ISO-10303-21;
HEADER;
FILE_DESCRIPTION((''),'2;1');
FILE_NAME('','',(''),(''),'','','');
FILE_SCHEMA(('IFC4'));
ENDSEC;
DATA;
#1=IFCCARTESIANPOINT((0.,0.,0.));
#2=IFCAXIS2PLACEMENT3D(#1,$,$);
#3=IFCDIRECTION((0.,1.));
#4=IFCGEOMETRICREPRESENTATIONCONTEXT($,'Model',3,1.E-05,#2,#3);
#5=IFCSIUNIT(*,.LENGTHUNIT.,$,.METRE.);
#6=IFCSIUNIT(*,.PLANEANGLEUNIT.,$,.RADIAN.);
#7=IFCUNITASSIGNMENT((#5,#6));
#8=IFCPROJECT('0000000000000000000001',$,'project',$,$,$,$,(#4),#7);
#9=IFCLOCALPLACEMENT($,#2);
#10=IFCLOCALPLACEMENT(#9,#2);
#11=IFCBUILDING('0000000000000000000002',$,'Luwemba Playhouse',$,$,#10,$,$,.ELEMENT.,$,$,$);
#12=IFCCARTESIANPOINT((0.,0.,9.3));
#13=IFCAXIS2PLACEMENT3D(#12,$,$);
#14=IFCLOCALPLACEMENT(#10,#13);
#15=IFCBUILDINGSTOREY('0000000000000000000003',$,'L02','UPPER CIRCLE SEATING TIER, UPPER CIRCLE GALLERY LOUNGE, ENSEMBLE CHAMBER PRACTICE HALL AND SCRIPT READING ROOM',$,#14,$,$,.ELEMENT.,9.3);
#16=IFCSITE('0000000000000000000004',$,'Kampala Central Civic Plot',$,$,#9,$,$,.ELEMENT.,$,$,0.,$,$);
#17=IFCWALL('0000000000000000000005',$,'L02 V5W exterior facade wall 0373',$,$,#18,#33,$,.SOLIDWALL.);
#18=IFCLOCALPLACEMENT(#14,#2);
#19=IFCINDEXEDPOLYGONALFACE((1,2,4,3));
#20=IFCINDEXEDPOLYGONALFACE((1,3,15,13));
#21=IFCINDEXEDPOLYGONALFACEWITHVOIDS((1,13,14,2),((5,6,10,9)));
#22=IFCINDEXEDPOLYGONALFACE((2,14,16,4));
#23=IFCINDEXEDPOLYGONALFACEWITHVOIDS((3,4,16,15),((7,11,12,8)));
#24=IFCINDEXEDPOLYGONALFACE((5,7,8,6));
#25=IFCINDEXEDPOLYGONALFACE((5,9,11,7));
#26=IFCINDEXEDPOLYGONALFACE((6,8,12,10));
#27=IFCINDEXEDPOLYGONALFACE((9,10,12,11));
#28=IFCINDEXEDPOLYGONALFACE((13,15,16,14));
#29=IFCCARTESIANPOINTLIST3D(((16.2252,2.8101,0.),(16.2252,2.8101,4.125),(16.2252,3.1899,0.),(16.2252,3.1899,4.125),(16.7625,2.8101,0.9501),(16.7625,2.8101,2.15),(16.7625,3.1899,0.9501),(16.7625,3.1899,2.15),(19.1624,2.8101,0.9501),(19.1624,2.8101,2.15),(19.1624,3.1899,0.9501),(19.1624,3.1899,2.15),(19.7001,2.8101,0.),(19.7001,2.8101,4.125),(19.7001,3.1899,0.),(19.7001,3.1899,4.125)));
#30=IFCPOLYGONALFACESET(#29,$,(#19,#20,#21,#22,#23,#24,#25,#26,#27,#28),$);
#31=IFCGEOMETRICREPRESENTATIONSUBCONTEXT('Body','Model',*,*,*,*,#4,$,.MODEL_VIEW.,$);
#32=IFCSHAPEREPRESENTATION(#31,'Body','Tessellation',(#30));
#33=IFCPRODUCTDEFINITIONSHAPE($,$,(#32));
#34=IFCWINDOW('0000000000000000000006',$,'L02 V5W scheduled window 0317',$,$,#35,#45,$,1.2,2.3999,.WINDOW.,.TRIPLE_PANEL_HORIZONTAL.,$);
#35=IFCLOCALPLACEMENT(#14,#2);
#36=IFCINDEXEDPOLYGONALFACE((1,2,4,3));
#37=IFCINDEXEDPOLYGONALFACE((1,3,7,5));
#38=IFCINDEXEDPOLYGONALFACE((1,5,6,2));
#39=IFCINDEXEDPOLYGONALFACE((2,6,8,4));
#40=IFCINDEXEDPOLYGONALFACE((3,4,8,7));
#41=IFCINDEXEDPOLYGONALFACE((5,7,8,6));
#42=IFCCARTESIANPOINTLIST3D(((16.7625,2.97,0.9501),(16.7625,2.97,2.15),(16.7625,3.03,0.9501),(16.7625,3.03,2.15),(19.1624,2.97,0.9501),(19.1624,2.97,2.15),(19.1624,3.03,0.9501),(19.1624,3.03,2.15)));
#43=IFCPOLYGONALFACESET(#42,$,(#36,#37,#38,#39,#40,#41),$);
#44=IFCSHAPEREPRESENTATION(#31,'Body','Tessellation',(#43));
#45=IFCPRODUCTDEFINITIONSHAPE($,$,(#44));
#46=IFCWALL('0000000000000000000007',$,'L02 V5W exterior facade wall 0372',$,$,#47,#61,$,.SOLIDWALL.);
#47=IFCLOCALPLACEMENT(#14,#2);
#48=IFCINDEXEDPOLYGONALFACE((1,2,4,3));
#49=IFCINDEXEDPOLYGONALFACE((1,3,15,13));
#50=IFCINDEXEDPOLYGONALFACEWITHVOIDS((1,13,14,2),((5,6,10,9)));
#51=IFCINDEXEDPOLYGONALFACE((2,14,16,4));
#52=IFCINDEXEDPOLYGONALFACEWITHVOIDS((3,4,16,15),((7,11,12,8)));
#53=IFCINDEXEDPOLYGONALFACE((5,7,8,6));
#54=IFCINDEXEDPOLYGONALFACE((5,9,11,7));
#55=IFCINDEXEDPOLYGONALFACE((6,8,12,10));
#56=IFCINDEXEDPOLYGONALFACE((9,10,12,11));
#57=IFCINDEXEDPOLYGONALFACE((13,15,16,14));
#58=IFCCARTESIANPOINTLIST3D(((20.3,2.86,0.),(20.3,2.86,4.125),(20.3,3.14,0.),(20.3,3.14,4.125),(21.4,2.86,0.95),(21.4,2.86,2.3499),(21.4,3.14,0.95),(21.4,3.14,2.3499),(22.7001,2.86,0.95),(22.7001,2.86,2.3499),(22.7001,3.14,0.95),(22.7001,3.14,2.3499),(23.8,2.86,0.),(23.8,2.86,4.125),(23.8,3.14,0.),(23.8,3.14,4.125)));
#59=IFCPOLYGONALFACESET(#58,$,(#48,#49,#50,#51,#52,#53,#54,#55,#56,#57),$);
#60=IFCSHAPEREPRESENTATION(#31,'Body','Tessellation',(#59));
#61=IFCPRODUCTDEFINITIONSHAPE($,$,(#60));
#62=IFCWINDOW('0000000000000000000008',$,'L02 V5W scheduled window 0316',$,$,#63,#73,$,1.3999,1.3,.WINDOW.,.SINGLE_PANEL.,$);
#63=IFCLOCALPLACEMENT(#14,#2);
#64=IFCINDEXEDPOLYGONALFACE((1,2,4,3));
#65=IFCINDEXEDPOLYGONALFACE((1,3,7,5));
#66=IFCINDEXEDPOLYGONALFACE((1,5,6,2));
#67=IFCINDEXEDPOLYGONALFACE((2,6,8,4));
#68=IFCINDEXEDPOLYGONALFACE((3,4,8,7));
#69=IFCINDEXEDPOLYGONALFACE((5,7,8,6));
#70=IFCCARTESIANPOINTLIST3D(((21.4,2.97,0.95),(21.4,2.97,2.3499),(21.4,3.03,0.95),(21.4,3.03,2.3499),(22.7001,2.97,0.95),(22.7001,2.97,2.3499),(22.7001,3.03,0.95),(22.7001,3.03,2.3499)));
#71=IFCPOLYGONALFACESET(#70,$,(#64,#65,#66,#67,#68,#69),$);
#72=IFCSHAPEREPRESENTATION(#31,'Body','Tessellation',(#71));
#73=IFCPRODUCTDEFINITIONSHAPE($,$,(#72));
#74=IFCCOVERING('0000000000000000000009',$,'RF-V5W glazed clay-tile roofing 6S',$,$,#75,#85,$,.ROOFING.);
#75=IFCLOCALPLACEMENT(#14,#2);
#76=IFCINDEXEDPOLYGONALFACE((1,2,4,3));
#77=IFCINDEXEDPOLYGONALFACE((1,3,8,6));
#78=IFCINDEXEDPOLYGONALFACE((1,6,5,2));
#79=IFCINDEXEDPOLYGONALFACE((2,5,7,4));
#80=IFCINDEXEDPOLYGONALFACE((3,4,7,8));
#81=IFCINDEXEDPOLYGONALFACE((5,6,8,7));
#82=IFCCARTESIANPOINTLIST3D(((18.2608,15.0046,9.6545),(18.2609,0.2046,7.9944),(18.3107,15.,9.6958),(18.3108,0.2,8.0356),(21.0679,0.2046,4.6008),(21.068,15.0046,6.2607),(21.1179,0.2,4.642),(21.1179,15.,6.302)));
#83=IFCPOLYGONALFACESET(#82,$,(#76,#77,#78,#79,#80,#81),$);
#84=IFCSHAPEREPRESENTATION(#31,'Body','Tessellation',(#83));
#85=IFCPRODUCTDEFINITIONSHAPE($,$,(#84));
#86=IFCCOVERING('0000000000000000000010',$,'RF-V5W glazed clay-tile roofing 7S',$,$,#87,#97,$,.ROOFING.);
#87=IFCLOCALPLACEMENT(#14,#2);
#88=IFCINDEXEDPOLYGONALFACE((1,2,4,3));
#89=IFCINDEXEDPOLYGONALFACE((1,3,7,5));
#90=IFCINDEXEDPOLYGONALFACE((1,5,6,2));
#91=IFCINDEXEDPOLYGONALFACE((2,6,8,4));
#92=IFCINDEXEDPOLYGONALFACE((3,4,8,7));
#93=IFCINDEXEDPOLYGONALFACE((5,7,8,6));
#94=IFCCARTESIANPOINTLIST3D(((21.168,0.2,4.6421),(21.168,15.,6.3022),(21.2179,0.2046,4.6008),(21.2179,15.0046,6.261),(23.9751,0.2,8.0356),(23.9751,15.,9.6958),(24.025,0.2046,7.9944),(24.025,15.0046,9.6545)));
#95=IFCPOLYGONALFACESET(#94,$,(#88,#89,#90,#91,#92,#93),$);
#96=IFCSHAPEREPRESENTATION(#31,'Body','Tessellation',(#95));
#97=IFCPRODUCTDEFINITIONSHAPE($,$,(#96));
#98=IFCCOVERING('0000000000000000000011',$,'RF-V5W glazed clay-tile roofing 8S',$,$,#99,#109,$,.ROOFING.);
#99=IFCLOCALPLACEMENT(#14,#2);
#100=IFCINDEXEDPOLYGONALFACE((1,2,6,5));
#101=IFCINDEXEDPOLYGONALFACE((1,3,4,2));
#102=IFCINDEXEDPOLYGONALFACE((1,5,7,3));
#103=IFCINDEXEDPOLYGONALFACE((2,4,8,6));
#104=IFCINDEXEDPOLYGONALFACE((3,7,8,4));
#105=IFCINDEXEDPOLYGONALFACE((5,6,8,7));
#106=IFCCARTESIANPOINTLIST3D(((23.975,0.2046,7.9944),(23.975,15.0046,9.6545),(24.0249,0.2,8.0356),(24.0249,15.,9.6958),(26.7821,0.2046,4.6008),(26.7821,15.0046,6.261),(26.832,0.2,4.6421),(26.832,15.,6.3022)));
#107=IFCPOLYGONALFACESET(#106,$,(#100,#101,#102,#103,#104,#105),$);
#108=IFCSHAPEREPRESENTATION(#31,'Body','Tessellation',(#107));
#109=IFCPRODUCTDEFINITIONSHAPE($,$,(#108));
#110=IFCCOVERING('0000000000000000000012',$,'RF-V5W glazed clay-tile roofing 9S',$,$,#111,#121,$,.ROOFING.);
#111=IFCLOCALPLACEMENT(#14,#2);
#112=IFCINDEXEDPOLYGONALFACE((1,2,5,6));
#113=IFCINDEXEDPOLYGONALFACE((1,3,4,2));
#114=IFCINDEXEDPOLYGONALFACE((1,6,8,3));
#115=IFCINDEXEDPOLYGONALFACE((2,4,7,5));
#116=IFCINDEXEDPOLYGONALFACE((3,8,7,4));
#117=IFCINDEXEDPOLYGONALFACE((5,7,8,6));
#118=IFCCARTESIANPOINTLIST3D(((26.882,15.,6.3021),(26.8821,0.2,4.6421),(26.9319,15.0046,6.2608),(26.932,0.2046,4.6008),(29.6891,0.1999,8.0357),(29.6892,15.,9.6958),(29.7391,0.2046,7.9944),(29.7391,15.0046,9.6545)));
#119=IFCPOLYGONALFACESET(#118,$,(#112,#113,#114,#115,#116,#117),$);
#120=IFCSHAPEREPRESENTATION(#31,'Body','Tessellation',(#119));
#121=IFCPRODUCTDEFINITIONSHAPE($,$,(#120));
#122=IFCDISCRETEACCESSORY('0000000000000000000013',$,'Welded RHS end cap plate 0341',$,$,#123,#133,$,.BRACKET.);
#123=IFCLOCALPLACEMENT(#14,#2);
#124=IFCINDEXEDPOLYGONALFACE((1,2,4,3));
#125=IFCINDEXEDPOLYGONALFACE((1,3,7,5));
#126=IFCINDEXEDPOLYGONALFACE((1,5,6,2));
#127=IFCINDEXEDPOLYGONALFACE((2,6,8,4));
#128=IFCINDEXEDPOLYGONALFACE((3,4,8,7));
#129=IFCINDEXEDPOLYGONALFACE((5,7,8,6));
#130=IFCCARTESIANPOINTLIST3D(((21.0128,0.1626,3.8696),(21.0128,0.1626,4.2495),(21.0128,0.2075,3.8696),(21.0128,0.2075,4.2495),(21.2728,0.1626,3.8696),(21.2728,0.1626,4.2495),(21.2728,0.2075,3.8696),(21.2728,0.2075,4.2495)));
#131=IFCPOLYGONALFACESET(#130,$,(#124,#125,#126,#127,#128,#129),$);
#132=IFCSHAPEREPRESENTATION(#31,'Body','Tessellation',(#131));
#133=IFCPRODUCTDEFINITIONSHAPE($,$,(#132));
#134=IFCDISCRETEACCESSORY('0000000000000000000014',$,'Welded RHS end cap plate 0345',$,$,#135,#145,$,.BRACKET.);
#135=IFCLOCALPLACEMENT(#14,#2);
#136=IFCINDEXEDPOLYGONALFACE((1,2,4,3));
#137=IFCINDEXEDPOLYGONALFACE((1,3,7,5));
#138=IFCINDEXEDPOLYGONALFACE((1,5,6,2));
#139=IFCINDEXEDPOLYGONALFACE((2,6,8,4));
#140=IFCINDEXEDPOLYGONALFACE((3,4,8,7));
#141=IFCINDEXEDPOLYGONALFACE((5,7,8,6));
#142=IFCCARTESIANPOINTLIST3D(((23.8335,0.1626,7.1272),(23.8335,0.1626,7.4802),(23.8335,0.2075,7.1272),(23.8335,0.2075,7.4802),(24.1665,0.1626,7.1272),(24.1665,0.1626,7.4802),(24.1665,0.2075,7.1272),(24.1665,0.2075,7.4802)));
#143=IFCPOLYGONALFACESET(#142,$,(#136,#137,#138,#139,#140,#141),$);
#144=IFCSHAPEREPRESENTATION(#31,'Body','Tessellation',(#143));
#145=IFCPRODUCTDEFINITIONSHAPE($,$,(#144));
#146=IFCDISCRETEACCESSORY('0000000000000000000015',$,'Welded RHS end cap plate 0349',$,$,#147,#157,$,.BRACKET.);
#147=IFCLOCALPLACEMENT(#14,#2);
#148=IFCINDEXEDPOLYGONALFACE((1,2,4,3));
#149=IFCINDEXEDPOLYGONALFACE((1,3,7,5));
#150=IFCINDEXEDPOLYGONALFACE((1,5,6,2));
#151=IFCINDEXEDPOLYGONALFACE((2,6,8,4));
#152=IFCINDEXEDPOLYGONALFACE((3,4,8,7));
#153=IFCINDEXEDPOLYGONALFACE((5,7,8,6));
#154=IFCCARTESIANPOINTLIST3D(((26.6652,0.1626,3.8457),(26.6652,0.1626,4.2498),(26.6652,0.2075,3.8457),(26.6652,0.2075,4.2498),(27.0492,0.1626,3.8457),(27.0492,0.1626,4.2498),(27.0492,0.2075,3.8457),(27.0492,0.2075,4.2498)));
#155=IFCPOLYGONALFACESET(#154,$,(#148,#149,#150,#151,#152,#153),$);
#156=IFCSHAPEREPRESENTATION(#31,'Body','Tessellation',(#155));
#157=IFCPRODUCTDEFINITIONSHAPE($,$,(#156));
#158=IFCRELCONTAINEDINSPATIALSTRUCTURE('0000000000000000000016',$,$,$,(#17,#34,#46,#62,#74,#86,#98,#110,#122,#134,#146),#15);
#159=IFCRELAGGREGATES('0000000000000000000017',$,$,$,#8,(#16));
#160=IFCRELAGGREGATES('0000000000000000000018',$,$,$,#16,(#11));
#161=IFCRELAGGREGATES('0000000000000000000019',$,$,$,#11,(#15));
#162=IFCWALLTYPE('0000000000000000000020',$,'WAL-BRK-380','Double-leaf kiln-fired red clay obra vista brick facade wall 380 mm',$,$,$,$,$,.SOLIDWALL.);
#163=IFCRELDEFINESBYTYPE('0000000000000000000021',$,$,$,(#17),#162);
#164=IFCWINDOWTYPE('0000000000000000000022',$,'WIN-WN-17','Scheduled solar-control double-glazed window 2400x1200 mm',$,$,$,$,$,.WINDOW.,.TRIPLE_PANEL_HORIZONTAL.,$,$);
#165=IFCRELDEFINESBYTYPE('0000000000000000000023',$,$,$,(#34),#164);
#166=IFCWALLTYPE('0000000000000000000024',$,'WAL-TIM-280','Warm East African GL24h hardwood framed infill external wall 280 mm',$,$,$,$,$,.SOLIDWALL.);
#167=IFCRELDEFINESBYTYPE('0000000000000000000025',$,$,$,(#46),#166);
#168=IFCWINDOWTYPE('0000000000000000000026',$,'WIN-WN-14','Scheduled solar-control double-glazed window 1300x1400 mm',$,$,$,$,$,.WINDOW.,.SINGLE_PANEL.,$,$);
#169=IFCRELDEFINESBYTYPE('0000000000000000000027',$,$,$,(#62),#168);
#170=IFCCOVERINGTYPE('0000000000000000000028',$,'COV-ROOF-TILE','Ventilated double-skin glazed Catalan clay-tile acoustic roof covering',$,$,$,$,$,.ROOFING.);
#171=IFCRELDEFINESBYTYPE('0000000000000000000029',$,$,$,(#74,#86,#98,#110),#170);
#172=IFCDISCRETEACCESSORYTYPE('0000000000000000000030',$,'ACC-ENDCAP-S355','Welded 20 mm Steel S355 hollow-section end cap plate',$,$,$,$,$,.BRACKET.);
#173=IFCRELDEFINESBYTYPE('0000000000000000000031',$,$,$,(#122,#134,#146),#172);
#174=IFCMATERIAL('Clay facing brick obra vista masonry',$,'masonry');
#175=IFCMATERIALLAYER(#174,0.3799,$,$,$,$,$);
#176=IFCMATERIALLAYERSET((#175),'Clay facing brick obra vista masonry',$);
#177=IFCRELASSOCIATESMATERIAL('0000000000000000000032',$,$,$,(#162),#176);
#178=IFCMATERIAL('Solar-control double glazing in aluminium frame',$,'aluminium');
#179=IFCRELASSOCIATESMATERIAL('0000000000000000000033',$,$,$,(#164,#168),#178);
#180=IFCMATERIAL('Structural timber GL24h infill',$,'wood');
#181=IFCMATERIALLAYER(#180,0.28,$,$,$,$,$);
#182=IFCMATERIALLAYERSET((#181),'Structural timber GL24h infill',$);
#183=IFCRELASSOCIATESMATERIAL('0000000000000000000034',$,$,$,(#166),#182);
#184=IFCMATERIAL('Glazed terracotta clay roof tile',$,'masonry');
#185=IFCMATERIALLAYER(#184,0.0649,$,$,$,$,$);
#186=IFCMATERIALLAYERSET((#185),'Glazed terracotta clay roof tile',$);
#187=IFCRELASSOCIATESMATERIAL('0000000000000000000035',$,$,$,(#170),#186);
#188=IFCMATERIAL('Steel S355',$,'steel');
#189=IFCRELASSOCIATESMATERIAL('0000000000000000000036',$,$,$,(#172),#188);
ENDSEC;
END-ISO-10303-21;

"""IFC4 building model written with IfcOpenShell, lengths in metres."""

from ifc_helpers import new_model, si_unit, direction, frame, frame_2d, origin, origin_2d, place, context, subcontext, project, spatial, polyline, rectangle, outline, extrude, material, layer, layer_set, type_object, element, fill, save


model = new_model("IFC4")

# Units and contexts
model_context = context("Model", 3, precision=1e-05, world=origin(), true_north=direction((0.0, 1.0)))
body_context = subcontext(model_context, "Body", "Model", "MODEL_VIEW")
ifc_project = project(units=[si_unit("LENGTHUNIT", "METRE"), si_unit("PLANEANGLEUNIT", "RADIAN")], contexts=[model_context])

# Site, building, storey
site_placement = place(None, origin())
site = spatial("IfcSite", under=ifc_project, at=site_placement, Name="Kampala Central Civic Plot", CompositionType="ELEMENT", RefElevation=0.0)
building_placement = place(site_placement, origin())
building = spatial("IfcBuilding", under=site, at=building_placement, Name="Luwemba Playhouse", CompositionType="ELEMENT")
storey_placement = place(building_placement, frame((0.0, 0.0, 9.3)))
storey = spatial("IfcBuildingStorey", under=building, at=storey_placement, Name="L02", Description="UPPER CIRCLE SEATING TIER, UPPER CIRCLE GALLERY LOUNGE, ENSEMBLE CHAMBER PRACTICE HALL AND SCRIPT READING ROOM", CompositionType="ELEMENT", Elevation=9.3)

# Shared definitions
ifc_material_1 = material(Name="Steel S355", Category="steel")

# Walls, openings, windows
ifc_material_2 = material(Name="Clay facing brick obra vista masonry", Category="masonry")
ifc_layer_1 = layer(ifc_material_2, 0.3799)
ifc_layer_set_1 = layer_set([ifc_layer_1], Name="Clay facing brick obra vista masonry")
wall_type_1 = type_object("IfcWallType", Name="WAL-BRK-380", Description="Double-leaf kiln-fired red clay obra vista brick facade wall 380 mm", PredefinedType="SOLIDWALL", material=ifc_layer_set_1)
ifc_material_3 = material(Name="Solar-control double glazing in aluminium frame", Category="aluminium")
wall_1_placement = place(storey_placement, frame((19.7, 3.0, 0.0), z_axis=(0.0, 0.0, 1.0), x_axis=(-1.0, 0.0, 0.0)))
wall_1 = element("IfcWall", 1, at=wall_1_placement, inside=storey, type_object=wall_type_1, Name="L02 V5W exterior facade wall 0373", PredefinedType="SOLIDWALL", context=body_context, shape_type="SweptSolid", body=[
    extrude(rectangle(XDim=3.4749, YDim=0.3799, at=frame_2d((1.7373, 0.0))), origin(), (0.0, 0.0, 1.0), 4.125),
])
opening_1_placement = place(wall_1_placement, frame((0.5376, 0.0, 0.95)))
opening_1 = element("IfcOpeningElement", 2, at=opening_1_placement, cuts=wall_1, PredefinedType="OPENING", context=body_context, shape_type="SweptSolid", body=[
    extrude(rectangle(XDim=2.3999, YDim=1.2, at=frame_2d((1.2, 0.6001))), frame((0.0, 0.2, 0.0), z_axis=(0.0, -1.0, 0.0), x_axis=(1.0, 0.0, 0.0)), (0.0, 0.0, 1.0), 0.3999),
])
window_type_1 = type_object("IfcWindowType", Name="WIN-WN-17", Description="Scheduled solar-control double-glazed window 2400x1200 mm", PartitioningType="TRIPLE_PANEL_HORIZONTAL", PredefinedType="WINDOW", material=ifc_material_3)
window_1_placement = place(opening_1_placement, origin())
window_1 = element("IfcWindow", 3, at=window_1_placement, inside=storey, type_object=window_type_1, Name="L02 V5W scheduled window 0317", OverallHeight=1.2, OverallWidth=2.3999, PartitioningType="TRIPLE_PANEL_HORIZONTAL", PredefinedType="WINDOW", context=body_context, shape_type="SweptSolid", body=[
    extrude(rectangle(XDim=2.3999, YDim=1.2, at=frame_2d((1.2, 0.6001))), frame((0.0, 0.03, 0.0), z_axis=(0.0, -1.0, 0.0), x_axis=(1.0, 0.0, 0.0)), (0.0, 0.0, 1.0), 0.0601),
])
fill(opening_1, window_1)
ifc_material_4 = material(Name="Structural timber GL24h infill", Category="wood")
ifc_layer_2 = layer(ifc_material_4, 0.28)
ifc_layer_set_2 = layer_set([ifc_layer_2], Name="Structural timber GL24h infill")
wall_type_2 = type_object("IfcWallType", Name="WAL-TIM-280", Description="Warm East African GL24h hardwood framed infill external wall 280 mm", PredefinedType="SOLIDWALL", material=ifc_layer_set_2)
wall_2_placement = place(storey_placement, frame((23.8, 3.0, 0.0), z_axis=(0.0, 0.0, 1.0), x_axis=(-1.0, 0.0, 0.0)))
wall_2 = element("IfcWall", 4, at=wall_2_placement, inside=storey, type_object=wall_type_2, Name="L02 V5W exterior facade wall 0372", PredefinedType="SOLIDWALL", context=body_context, shape_type="SweptSolid", body=[
    extrude(rectangle(XDim=3.5, YDim=0.28, at=frame_2d((1.75, 0.0))), origin(), (0.0, 0.0, 1.0), 4.125),
])
opening_2_placement = place(wall_2_placement, frame((1.1001, 0.0, 0.95)))
opening_2 = element("IfcOpeningElement", 5, at=opening_2_placement, cuts=wall_2, PredefinedType="OPENING", context=body_context, shape_type="SweptSolid", body=[
    extrude(rectangle(XDim=1.3, YDim=1.3999, at=frame_2d((0.6499, 0.7))), frame((0.0, 0.1499, 0.0), z_axis=(0.0, -1.0, 0.0), x_axis=(1.0, 0.0, 0.0)), (0.0, 0.0, 1.0), 0.3),
])
window_type_2 = type_object("IfcWindowType", Name="WIN-WN-14", Description="Scheduled solar-control double-glazed window 1300x1400 mm", PartitioningType="SINGLE_PANEL", PredefinedType="WINDOW", material=ifc_material_3)
window_2_placement = place(opening_2_placement, origin())
window_2 = element("IfcWindow", 6, at=window_2_placement, inside=storey, type_object=window_type_2, Name="L02 V5W scheduled window 0316", OverallHeight=1.3999, OverallWidth=1.3, PartitioningType="SINGLE_PANEL", PredefinedType="WINDOW", context=body_context, shape_type="SweptSolid", body=[
    extrude(rectangle(XDim=1.3, YDim=1.3999, at=frame_2d((0.6499, 0.7))), frame((0.0, 0.03, 0.0), z_axis=(0.0, -1.0, 0.0), x_axis=(1.0, 0.0, 0.0)), (0.0, 0.0, 1.0), 0.0601),
])
fill(opening_2, window_2)

# Coverings
ifc_material_5 = material(Name="Glazed terracotta clay roof tile", Category="masonry")
ifc_layer_3 = layer(ifc_material_5, 0.0649)
ifc_layer_set_3 = layer_set([ifc_layer_3], Name="Glazed terracotta clay roof tile")
covering_type = type_object("IfcCoveringType", Name="COV-ROOF-TILE", Description="Ventilated double-skin glazed Catalan clay-tile acoustic roof covering", PredefinedType="ROOFING", material=ifc_layer_set_3)
covering_1_placement = place(storey_placement, frame((18.3108, 0.2, 8.0356), z_axis=(0.768592, -0.071309, 0.635752), x_axis=(0.637375, 0.000001, -0.770554)))
element("IfcCovering", 7, at=covering_1_placement, inside=storey, type_object=covering_type, Name="RF-V5W glazed clay-tile roofing 6S", PredefinedType="ROOFING", context=body_context, shape_type="SweptSolid", body=[
    extrude(outline(polyline([(0.0, 0.0), (4.4041, 0.0), (3.1251, 14.8378), (-1.2792, 14.8378), (0.0, 0.0)])), origin(), (0.0, 0.0, -1.0), 0.0649),
])
covering_2_placement = place(storey_placement, frame((21.168, 0.2, 4.6421), z_axis=(-0.768581, -0.071315, 0.635766), x_axis=(0.637388, 0.0, 0.770543)))
element("IfcCovering", 8, at=covering_2_placement, inside=storey, type_object=covering_type, Name="RF-V5W glazed clay-tile roofing 7S", PredefinedType="ROOFING", context=body_context, shape_type="SweptSolid", body=[
    extrude(outline(polyline([(0.0, 0.0), (4.4041, 0.0), (5.6833, 14.8378), (1.2792, 14.8378), (0.0, 0.0)])), origin(), (0.0, 0.0, -1.0), 0.0649),
])
covering_3_placement = place(storey_placement, frame((24.0249, 0.2, 8.0356), z_axis=(0.768581, -0.071315, 0.635766), x_axis=(0.637388, 0.0, -0.770543)))
element("IfcCovering", 9, at=covering_3_placement, inside=storey, type_object=covering_type, Name="RF-V5W glazed clay-tile roofing 8S", PredefinedType="ROOFING", context=body_context, shape_type="SweptSolid", body=[
    extrude(outline(polyline([(0.0, 0.0), (4.4041, 0.0), (3.1249, 14.8378), (-1.2792, 14.8378), (0.0, 0.0)])), origin(), (0.0, 0.0, -1.0), 0.0649),
])
covering_4_placement = place(storey_placement, frame((26.8821, 0.2, 4.6421), z_axis=(-0.768592, -0.071309, 0.635752), x_axis=(0.637375, -0.000001, 0.770554)))
element("IfcCovering", 10, at=covering_4_placement, inside=storey, type_object=covering_type, Name="RF-V5W glazed clay-tile roofing 9S", PredefinedType="ROOFING", context=body_context, shape_type="SweptSolid", body=[
    extrude(outline(polyline([(0.0, 0.0), (4.4041, 0.0), (5.6833, 14.8378), (1.279, 14.8378), (0.0, 0.0)])), origin(), (0.0, 0.0, -1.0), 0.0649),
])

# Discrete accessories
discrete_accessory_type = type_object("IfcDiscreteAccessoryType", Name="ACC-ENDCAP-S355", Description="Welded 20 mm Steel S355 hollow-section end cap plate", PredefinedType="BRACKET", material=ifc_material_1)
discrete_accessory_1_placement = place(storey_placement, frame((21.1428, 0.1851, 3.8696), z_axis=(0.0, 0.0, 1.0), x_axis=(1.0, 0.0, 0.0)))
element("IfcDiscreteAccessory", 11, at=discrete_accessory_1_placement, inside=storey, type_object=discrete_accessory_type, Name="Welded RHS end cap plate 0341", PredefinedType="BRACKET", context=body_context, shape_type="SweptSolid", body=[
    extrude(rectangle(XDim=0.26, YDim=0.0449, at=origin_2d()), origin(), (0.0, 0.0, 1.0), 0.3799),
])
discrete_accessory_2_placement = place(storey_placement, frame((24.0, 0.1851, 7.1272), z_axis=(0.0, 0.0, 1.0), x_axis=(1.0, 0.0, 0.0)))
element("IfcDiscreteAccessory", 12, at=discrete_accessory_2_placement, inside=storey, type_object=discrete_accessory_type, Name="Welded RHS end cap plate 0345", PredefinedType="BRACKET", context=body_context, shape_type="SweptSolid", body=[
    extrude(rectangle(XDim=0.333, YDim=0.0449, at=origin_2d()), origin(), (0.0, 0.0, 1.0), 0.353),
])
discrete_accessory_3_placement = place(storey_placement, frame((26.8572, 0.1851, 3.8457), z_axis=(0.0, 0.0, 1.0), x_axis=(1.0, 0.0, 0.0)))
element("IfcDiscreteAccessory", 13, at=discrete_accessory_3_placement, inside=storey, type_object=discrete_accessory_type, Name="Welded RHS end cap plate 0349", PredefinedType="BRACKET", context=body_context, shape_type="SweptSolid", body=[
    extrude(rectangle(XDim=0.384, YDim=0.0449, at=origin_2d()), origin(), (0.0, 0.0, 1.0), 0.4041),
])

save(model, "model.ifc")
